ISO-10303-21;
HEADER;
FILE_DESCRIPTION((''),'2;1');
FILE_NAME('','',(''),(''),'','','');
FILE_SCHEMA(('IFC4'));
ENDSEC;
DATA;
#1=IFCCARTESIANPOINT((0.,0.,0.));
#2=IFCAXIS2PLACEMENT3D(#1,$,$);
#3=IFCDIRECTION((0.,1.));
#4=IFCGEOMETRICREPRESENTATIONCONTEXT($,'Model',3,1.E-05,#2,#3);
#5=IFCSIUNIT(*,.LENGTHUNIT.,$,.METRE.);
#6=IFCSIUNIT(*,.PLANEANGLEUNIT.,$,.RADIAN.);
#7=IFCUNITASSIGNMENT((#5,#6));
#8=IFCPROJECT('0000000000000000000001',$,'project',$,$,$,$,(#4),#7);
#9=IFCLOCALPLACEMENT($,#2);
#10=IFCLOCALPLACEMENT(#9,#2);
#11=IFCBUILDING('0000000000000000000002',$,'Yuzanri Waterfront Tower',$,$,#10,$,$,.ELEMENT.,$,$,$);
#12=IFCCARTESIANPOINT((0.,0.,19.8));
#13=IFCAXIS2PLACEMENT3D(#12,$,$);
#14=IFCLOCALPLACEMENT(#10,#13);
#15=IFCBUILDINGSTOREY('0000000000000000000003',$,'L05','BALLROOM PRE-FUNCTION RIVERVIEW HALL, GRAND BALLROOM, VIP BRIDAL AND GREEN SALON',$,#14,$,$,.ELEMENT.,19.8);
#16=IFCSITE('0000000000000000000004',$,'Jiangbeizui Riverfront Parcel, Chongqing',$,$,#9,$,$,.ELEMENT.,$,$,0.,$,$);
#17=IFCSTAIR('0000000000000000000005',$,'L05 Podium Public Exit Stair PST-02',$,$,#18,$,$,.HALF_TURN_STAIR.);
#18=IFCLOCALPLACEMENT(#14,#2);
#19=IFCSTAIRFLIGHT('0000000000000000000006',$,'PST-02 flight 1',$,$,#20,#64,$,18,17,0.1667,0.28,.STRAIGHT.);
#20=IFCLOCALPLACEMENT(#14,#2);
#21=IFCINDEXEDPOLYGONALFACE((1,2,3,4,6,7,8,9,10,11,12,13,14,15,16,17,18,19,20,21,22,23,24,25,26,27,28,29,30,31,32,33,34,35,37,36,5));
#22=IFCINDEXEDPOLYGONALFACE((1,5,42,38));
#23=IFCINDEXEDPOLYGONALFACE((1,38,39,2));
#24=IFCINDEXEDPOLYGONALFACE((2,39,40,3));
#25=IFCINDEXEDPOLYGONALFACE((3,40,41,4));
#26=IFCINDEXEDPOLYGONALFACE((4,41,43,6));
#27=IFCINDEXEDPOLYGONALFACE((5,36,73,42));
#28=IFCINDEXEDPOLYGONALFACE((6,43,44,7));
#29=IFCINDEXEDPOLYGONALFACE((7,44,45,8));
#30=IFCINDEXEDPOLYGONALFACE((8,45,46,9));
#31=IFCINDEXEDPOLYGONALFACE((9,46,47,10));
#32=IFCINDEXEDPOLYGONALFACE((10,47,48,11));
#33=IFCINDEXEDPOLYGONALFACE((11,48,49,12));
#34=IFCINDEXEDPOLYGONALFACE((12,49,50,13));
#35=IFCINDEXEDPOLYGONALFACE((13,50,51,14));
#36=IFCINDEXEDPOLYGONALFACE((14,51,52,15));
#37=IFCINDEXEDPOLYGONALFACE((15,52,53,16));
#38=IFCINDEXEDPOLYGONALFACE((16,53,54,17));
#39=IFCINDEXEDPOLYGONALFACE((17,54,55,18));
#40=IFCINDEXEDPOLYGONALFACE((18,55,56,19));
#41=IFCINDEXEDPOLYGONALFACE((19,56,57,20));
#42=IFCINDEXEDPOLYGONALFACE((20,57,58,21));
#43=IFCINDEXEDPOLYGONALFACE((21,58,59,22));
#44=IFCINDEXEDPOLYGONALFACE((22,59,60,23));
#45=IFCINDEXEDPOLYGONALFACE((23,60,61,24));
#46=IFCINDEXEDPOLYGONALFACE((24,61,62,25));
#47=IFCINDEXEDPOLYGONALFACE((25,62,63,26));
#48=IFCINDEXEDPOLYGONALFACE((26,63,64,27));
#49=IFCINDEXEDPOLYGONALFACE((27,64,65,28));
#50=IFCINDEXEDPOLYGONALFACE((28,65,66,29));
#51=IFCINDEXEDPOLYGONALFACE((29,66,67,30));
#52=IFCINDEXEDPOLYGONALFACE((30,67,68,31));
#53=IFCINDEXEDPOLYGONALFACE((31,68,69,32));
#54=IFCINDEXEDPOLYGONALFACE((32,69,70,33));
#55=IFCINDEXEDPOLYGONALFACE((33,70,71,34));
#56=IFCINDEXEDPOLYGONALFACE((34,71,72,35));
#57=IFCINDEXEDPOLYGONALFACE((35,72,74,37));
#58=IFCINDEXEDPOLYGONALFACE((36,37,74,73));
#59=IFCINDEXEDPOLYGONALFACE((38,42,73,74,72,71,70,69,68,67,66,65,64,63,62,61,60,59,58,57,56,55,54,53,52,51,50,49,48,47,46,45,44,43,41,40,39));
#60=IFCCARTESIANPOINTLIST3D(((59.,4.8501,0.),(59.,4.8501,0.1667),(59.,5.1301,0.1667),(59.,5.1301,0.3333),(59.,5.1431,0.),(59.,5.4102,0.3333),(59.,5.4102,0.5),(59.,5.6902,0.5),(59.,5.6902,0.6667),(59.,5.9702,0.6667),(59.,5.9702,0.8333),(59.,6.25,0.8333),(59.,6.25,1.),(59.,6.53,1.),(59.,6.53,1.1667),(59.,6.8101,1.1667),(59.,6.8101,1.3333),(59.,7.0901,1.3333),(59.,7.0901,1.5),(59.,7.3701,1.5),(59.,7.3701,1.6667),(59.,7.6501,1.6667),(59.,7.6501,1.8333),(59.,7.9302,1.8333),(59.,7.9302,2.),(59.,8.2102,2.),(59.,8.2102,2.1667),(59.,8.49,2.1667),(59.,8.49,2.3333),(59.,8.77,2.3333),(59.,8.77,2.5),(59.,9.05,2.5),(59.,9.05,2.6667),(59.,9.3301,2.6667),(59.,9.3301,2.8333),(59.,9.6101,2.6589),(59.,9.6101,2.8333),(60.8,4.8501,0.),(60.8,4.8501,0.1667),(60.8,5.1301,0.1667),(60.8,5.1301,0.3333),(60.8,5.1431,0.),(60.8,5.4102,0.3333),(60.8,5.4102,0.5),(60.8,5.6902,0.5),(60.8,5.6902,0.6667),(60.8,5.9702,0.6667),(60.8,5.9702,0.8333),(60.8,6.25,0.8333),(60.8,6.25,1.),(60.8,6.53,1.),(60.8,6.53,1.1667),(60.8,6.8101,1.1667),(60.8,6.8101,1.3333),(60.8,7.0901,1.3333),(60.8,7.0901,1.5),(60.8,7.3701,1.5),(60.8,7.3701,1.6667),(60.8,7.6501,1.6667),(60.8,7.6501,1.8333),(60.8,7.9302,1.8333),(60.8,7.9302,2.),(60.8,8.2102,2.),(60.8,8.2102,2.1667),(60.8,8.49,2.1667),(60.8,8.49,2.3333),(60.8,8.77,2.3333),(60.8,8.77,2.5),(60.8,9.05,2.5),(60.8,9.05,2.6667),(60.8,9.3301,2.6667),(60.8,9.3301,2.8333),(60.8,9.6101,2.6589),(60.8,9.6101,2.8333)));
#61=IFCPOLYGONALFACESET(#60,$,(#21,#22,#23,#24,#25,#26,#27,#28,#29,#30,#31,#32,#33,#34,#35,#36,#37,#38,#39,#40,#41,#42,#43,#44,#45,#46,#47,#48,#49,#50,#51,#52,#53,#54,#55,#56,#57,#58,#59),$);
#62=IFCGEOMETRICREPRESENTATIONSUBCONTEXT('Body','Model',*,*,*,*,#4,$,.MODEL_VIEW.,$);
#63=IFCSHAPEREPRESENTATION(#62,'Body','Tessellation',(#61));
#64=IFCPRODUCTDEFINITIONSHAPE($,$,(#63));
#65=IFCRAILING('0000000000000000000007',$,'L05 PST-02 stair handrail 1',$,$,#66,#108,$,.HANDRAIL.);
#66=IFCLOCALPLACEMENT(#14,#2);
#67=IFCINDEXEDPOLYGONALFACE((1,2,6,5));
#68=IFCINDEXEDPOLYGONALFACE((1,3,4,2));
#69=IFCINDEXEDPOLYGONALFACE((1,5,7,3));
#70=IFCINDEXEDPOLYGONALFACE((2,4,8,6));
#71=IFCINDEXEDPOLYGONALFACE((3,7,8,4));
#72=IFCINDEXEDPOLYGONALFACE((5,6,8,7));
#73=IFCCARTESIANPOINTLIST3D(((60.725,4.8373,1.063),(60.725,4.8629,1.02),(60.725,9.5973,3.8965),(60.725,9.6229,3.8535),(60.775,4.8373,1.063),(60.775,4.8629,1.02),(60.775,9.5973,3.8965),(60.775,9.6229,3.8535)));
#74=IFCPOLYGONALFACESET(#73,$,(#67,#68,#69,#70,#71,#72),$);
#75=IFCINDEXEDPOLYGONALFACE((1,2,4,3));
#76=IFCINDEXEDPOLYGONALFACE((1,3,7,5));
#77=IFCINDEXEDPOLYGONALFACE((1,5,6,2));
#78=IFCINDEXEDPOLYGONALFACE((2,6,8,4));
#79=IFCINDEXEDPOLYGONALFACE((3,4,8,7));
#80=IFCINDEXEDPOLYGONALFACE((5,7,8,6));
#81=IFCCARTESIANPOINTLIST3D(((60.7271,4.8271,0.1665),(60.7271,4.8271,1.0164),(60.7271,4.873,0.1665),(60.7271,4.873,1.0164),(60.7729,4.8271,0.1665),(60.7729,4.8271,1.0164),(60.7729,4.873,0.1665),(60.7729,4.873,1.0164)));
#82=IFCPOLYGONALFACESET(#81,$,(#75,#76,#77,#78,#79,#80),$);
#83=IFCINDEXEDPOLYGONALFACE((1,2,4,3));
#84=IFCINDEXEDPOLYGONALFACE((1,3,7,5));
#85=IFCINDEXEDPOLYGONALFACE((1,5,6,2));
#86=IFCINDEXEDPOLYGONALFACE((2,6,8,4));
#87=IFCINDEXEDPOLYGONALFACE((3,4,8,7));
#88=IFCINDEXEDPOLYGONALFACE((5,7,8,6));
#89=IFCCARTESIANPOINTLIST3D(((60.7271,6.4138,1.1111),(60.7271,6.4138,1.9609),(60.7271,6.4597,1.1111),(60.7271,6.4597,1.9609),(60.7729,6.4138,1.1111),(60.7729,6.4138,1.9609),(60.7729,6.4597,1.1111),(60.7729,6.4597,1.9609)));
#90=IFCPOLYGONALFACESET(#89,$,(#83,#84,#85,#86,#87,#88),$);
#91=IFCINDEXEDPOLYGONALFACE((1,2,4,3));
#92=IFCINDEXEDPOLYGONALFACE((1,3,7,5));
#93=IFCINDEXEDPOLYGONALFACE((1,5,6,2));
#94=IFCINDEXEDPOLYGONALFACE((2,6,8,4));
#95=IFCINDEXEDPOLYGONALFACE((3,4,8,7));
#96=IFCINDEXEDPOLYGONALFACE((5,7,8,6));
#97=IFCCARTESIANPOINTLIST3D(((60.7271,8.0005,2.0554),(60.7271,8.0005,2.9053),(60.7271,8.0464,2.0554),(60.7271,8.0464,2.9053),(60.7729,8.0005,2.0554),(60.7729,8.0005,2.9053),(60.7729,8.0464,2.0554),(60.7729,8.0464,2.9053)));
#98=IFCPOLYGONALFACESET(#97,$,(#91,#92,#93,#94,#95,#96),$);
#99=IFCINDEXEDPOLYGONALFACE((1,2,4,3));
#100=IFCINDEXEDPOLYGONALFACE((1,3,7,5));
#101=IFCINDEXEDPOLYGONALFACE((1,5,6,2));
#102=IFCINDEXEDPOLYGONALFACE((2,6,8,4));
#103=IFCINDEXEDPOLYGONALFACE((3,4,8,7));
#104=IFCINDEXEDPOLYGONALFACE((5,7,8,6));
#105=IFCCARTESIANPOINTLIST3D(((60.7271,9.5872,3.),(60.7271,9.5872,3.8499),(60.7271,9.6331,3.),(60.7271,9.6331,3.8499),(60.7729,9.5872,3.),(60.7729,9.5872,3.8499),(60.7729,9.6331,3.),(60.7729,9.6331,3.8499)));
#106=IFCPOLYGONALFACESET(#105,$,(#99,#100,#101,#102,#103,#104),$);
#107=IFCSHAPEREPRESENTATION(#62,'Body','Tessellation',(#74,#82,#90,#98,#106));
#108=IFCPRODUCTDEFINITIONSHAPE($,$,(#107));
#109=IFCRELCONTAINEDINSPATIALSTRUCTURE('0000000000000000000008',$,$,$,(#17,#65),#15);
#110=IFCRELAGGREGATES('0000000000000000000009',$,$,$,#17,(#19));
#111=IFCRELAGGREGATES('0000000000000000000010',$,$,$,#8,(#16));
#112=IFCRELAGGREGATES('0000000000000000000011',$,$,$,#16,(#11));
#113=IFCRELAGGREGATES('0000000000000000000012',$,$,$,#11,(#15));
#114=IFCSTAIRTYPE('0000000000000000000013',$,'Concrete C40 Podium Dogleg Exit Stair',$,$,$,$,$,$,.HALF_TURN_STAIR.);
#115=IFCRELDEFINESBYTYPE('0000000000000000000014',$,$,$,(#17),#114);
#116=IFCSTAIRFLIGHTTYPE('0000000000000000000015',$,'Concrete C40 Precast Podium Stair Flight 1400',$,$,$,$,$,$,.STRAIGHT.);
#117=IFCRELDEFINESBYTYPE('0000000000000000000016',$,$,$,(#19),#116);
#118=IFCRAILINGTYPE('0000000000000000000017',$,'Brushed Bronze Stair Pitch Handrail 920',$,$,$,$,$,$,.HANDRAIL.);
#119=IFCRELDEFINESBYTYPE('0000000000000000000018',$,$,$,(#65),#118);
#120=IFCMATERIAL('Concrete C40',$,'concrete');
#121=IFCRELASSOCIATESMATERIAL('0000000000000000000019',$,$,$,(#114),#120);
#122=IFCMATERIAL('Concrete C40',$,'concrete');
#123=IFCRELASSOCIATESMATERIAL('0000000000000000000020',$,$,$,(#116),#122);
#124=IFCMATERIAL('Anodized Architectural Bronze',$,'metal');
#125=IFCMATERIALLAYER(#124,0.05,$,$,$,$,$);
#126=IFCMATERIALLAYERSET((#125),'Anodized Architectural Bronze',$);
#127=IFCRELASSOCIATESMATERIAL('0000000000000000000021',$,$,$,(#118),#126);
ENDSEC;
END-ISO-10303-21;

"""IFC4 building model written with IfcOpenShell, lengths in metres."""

from ifc_helpers import new_model, si_unit, direction, frame, origin, origin_2d, place, context, subcontext, project, spatial, polyline, rectangle, outline, extrude, source, transform, mapped, material, layer, layer_set, type_object, element, aggregate, save


model = new_model("IFC4")

# Units and contexts
model_context = context("Model", 3, precision=1e-05, world=origin(), true_north=direction((0.0, 1.0)))
body_context = subcontext(model_context, "Body", "Model", "MODEL_VIEW")
ifc_project = project(units=[si_unit("LENGTHUNIT", "METRE"), si_unit("PLANEANGLEUNIT", "RADIAN")], contexts=[model_context])

# Site, building, storey
site_placement = place(None, origin())
site = spatial("IfcSite", under=ifc_project, at=site_placement, Name="Jiangbeizui Riverfront Parcel, Chongqing", CompositionType="ELEMENT", RefElevation=0.0)
building_placement = place(site_placement, origin())
building = spatial("IfcBuilding", under=site, at=building_placement, Name="Yuzanri Waterfront Tower", CompositionType="ELEMENT")
storey_placement = place(building_placement, frame((0.0, 0.0, 19.8)))
storey = spatial("IfcBuildingStorey", under=building, at=storey_placement, Name="L05", Description="BALLROOM PRE-FUNCTION RIVERVIEW HALL, GRAND BALLROOM, VIP BRIDAL AND GREEN SALON", CompositionType="ELEMENT", Elevation=19.8)

# Stair, stair flight
ifc_material_1 = material(Name="Concrete C40", Category="concrete")
stair_type = type_object("IfcStairType", Name="Concrete C40 Podium Dogleg Exit Stair", PredefinedType="HALF_TURN_STAIR", material=ifc_material_1)
stair_placement = place(storey_placement, origin())
stair = element("IfcStair", 1, at=stair_placement, inside=storey, type_object=stair_type, Name="L05 Podium Public Exit Stair PST-02", PredefinedType="HALF_TURN_STAIR")
ifc_material_2 = material(Name="Concrete C40", Category="concrete")
stair_flight_type = type_object("IfcStairFlightType", Name="Concrete C40 Precast Podium Stair Flight 1400", PredefinedType="STRAIGHT", material=ifc_material_2)
shared_shape_1 = source(origin(), body_context, "Body", "SweptSolid", [
    extrude(outline(polyline([(0.0, 0.0), (0.0, 0.1667), (0.28, 0.1667), (0.28, 0.3333), (0.5601, 0.3333), (0.5601, 0.5), (0.8401, 0.5), (0.8401, 0.6667), (1.1201, 0.6667), (1.1201, 0.8333), (1.3999, 0.8333), (1.3999, 1.0), (1.6799, 1.0), (1.6799, 1.1667), (1.96, 1.1667), (1.96, 1.3333), (2.24, 1.3333), (2.24, 1.5), (2.52, 1.5), (2.52, 1.6667), (2.8, 1.6667), (2.8, 1.8333), (3.0801, 1.8333), (3.0801, 2.0), (3.3601, 2.0), (3.3601, 2.1667), (3.6399, 2.1667), (3.6399, 2.3333), (3.9199, 2.3333), (3.9199, 2.5), (4.2, 2.5), (4.2, 2.6667), (4.48, 2.6667), (4.48, 2.8333), (4.76, 2.8333), (4.76, 3.0), (4.76, 2.6589), (0.293, 0.0), (0.0, 0.0)])), frame((0.0, 0.8999, 0.0), z_axis=(0.0, -1.0, 0.0), x_axis=(1.0, 0.0, 0.0)), (0.0, 0.0, 1.0), 1.8),
])
stair_flight_placement = place(storey_placement, frame((59.8999, 4.8501, 0.0), z_axis=(0.0, 0.0, 1.0), x_axis=(0.0, 1.0, 0.0)))
stair_flight = element("IfcStairFlight", 2, at=stair_flight_placement, type_object=stair_flight_type, Name="PST-02 flight 1", NumberOfRisers=18, NumberOfTreads=17, PredefinedType="STRAIGHT", RiserHeight=0.1667, TreadLength=0.28, context=body_context, shape_type="MappedRepresentation", body=[
    mapped(shared_shape_1, transform((0.0, 0.0, 0.0), scale=1.0)),
])
aggregate(stair, [stair_flight])

# Railing
ifc_material_3 = material(Name="Anodized Architectural Bronze", Category="metal")
ifc_layer_1 = layer(ifc_material_3, 0.05)
ifc_layer_set_1 = layer_set([ifc_layer_1], Name="Anodized Architectural Bronze")
railing_type = type_object("IfcRailingType", Name="Brushed Bronze Stair Pitch Handrail 920", PredefinedType="HANDRAIL", material=ifc_layer_set_1)
shared_shape_2 = source(origin(), body_context, "Body", "SweptSolid", [
    extrude(rectangle(XDim=0.05, YDim=0.05, at=origin_2d()), frame((0.0, 0.0, 0.875), z_axis=(0.0, 0.85928, 0.511505), x_axis=(-1.0, 0.0, 0.0)), (0.0, 0.0, 1.0), 5.5396),
    extrude(rectangle(XDim=0.0459, YDim=0.0459, at=origin_2d()), origin(), (0.0, 0.0, 1.0), 0.8499),
    extrude(rectangle(XDim=0.0459, YDim=0.0459, at=origin_2d()), frame((0.0, 1.5867, 0.9446)), (0.0, 0.0, 1.0), 0.8499),
    extrude(rectangle(XDim=0.0459, YDim=0.0459, at=origin_2d()), frame((0.0, 3.1733, 1.8889)), (0.0, 0.0, 1.0), 0.8499),
    extrude(rectangle(XDim=0.0459, YDim=0.0459, at=origin_2d()), frame((0.0, 4.76, 2.8335)), (0.0, 0.0, 1.0), 0.8499),
])
railing_placement = place(storey_placement, frame((60.75, 4.8501, 0.1665)))
element("IfcRailing", 3, at=railing_placement, inside=storey, type_object=railing_type, Name="L05 PST-02 stair handrail 1", PredefinedType="HANDRAIL", context=body_context, shape_type="MappedRepresentation", body=[
    mapped(shared_shape_2, transform((0.0, 0.0, 0.0), scale=1.0)),
])

save(model, "model.ifc")
